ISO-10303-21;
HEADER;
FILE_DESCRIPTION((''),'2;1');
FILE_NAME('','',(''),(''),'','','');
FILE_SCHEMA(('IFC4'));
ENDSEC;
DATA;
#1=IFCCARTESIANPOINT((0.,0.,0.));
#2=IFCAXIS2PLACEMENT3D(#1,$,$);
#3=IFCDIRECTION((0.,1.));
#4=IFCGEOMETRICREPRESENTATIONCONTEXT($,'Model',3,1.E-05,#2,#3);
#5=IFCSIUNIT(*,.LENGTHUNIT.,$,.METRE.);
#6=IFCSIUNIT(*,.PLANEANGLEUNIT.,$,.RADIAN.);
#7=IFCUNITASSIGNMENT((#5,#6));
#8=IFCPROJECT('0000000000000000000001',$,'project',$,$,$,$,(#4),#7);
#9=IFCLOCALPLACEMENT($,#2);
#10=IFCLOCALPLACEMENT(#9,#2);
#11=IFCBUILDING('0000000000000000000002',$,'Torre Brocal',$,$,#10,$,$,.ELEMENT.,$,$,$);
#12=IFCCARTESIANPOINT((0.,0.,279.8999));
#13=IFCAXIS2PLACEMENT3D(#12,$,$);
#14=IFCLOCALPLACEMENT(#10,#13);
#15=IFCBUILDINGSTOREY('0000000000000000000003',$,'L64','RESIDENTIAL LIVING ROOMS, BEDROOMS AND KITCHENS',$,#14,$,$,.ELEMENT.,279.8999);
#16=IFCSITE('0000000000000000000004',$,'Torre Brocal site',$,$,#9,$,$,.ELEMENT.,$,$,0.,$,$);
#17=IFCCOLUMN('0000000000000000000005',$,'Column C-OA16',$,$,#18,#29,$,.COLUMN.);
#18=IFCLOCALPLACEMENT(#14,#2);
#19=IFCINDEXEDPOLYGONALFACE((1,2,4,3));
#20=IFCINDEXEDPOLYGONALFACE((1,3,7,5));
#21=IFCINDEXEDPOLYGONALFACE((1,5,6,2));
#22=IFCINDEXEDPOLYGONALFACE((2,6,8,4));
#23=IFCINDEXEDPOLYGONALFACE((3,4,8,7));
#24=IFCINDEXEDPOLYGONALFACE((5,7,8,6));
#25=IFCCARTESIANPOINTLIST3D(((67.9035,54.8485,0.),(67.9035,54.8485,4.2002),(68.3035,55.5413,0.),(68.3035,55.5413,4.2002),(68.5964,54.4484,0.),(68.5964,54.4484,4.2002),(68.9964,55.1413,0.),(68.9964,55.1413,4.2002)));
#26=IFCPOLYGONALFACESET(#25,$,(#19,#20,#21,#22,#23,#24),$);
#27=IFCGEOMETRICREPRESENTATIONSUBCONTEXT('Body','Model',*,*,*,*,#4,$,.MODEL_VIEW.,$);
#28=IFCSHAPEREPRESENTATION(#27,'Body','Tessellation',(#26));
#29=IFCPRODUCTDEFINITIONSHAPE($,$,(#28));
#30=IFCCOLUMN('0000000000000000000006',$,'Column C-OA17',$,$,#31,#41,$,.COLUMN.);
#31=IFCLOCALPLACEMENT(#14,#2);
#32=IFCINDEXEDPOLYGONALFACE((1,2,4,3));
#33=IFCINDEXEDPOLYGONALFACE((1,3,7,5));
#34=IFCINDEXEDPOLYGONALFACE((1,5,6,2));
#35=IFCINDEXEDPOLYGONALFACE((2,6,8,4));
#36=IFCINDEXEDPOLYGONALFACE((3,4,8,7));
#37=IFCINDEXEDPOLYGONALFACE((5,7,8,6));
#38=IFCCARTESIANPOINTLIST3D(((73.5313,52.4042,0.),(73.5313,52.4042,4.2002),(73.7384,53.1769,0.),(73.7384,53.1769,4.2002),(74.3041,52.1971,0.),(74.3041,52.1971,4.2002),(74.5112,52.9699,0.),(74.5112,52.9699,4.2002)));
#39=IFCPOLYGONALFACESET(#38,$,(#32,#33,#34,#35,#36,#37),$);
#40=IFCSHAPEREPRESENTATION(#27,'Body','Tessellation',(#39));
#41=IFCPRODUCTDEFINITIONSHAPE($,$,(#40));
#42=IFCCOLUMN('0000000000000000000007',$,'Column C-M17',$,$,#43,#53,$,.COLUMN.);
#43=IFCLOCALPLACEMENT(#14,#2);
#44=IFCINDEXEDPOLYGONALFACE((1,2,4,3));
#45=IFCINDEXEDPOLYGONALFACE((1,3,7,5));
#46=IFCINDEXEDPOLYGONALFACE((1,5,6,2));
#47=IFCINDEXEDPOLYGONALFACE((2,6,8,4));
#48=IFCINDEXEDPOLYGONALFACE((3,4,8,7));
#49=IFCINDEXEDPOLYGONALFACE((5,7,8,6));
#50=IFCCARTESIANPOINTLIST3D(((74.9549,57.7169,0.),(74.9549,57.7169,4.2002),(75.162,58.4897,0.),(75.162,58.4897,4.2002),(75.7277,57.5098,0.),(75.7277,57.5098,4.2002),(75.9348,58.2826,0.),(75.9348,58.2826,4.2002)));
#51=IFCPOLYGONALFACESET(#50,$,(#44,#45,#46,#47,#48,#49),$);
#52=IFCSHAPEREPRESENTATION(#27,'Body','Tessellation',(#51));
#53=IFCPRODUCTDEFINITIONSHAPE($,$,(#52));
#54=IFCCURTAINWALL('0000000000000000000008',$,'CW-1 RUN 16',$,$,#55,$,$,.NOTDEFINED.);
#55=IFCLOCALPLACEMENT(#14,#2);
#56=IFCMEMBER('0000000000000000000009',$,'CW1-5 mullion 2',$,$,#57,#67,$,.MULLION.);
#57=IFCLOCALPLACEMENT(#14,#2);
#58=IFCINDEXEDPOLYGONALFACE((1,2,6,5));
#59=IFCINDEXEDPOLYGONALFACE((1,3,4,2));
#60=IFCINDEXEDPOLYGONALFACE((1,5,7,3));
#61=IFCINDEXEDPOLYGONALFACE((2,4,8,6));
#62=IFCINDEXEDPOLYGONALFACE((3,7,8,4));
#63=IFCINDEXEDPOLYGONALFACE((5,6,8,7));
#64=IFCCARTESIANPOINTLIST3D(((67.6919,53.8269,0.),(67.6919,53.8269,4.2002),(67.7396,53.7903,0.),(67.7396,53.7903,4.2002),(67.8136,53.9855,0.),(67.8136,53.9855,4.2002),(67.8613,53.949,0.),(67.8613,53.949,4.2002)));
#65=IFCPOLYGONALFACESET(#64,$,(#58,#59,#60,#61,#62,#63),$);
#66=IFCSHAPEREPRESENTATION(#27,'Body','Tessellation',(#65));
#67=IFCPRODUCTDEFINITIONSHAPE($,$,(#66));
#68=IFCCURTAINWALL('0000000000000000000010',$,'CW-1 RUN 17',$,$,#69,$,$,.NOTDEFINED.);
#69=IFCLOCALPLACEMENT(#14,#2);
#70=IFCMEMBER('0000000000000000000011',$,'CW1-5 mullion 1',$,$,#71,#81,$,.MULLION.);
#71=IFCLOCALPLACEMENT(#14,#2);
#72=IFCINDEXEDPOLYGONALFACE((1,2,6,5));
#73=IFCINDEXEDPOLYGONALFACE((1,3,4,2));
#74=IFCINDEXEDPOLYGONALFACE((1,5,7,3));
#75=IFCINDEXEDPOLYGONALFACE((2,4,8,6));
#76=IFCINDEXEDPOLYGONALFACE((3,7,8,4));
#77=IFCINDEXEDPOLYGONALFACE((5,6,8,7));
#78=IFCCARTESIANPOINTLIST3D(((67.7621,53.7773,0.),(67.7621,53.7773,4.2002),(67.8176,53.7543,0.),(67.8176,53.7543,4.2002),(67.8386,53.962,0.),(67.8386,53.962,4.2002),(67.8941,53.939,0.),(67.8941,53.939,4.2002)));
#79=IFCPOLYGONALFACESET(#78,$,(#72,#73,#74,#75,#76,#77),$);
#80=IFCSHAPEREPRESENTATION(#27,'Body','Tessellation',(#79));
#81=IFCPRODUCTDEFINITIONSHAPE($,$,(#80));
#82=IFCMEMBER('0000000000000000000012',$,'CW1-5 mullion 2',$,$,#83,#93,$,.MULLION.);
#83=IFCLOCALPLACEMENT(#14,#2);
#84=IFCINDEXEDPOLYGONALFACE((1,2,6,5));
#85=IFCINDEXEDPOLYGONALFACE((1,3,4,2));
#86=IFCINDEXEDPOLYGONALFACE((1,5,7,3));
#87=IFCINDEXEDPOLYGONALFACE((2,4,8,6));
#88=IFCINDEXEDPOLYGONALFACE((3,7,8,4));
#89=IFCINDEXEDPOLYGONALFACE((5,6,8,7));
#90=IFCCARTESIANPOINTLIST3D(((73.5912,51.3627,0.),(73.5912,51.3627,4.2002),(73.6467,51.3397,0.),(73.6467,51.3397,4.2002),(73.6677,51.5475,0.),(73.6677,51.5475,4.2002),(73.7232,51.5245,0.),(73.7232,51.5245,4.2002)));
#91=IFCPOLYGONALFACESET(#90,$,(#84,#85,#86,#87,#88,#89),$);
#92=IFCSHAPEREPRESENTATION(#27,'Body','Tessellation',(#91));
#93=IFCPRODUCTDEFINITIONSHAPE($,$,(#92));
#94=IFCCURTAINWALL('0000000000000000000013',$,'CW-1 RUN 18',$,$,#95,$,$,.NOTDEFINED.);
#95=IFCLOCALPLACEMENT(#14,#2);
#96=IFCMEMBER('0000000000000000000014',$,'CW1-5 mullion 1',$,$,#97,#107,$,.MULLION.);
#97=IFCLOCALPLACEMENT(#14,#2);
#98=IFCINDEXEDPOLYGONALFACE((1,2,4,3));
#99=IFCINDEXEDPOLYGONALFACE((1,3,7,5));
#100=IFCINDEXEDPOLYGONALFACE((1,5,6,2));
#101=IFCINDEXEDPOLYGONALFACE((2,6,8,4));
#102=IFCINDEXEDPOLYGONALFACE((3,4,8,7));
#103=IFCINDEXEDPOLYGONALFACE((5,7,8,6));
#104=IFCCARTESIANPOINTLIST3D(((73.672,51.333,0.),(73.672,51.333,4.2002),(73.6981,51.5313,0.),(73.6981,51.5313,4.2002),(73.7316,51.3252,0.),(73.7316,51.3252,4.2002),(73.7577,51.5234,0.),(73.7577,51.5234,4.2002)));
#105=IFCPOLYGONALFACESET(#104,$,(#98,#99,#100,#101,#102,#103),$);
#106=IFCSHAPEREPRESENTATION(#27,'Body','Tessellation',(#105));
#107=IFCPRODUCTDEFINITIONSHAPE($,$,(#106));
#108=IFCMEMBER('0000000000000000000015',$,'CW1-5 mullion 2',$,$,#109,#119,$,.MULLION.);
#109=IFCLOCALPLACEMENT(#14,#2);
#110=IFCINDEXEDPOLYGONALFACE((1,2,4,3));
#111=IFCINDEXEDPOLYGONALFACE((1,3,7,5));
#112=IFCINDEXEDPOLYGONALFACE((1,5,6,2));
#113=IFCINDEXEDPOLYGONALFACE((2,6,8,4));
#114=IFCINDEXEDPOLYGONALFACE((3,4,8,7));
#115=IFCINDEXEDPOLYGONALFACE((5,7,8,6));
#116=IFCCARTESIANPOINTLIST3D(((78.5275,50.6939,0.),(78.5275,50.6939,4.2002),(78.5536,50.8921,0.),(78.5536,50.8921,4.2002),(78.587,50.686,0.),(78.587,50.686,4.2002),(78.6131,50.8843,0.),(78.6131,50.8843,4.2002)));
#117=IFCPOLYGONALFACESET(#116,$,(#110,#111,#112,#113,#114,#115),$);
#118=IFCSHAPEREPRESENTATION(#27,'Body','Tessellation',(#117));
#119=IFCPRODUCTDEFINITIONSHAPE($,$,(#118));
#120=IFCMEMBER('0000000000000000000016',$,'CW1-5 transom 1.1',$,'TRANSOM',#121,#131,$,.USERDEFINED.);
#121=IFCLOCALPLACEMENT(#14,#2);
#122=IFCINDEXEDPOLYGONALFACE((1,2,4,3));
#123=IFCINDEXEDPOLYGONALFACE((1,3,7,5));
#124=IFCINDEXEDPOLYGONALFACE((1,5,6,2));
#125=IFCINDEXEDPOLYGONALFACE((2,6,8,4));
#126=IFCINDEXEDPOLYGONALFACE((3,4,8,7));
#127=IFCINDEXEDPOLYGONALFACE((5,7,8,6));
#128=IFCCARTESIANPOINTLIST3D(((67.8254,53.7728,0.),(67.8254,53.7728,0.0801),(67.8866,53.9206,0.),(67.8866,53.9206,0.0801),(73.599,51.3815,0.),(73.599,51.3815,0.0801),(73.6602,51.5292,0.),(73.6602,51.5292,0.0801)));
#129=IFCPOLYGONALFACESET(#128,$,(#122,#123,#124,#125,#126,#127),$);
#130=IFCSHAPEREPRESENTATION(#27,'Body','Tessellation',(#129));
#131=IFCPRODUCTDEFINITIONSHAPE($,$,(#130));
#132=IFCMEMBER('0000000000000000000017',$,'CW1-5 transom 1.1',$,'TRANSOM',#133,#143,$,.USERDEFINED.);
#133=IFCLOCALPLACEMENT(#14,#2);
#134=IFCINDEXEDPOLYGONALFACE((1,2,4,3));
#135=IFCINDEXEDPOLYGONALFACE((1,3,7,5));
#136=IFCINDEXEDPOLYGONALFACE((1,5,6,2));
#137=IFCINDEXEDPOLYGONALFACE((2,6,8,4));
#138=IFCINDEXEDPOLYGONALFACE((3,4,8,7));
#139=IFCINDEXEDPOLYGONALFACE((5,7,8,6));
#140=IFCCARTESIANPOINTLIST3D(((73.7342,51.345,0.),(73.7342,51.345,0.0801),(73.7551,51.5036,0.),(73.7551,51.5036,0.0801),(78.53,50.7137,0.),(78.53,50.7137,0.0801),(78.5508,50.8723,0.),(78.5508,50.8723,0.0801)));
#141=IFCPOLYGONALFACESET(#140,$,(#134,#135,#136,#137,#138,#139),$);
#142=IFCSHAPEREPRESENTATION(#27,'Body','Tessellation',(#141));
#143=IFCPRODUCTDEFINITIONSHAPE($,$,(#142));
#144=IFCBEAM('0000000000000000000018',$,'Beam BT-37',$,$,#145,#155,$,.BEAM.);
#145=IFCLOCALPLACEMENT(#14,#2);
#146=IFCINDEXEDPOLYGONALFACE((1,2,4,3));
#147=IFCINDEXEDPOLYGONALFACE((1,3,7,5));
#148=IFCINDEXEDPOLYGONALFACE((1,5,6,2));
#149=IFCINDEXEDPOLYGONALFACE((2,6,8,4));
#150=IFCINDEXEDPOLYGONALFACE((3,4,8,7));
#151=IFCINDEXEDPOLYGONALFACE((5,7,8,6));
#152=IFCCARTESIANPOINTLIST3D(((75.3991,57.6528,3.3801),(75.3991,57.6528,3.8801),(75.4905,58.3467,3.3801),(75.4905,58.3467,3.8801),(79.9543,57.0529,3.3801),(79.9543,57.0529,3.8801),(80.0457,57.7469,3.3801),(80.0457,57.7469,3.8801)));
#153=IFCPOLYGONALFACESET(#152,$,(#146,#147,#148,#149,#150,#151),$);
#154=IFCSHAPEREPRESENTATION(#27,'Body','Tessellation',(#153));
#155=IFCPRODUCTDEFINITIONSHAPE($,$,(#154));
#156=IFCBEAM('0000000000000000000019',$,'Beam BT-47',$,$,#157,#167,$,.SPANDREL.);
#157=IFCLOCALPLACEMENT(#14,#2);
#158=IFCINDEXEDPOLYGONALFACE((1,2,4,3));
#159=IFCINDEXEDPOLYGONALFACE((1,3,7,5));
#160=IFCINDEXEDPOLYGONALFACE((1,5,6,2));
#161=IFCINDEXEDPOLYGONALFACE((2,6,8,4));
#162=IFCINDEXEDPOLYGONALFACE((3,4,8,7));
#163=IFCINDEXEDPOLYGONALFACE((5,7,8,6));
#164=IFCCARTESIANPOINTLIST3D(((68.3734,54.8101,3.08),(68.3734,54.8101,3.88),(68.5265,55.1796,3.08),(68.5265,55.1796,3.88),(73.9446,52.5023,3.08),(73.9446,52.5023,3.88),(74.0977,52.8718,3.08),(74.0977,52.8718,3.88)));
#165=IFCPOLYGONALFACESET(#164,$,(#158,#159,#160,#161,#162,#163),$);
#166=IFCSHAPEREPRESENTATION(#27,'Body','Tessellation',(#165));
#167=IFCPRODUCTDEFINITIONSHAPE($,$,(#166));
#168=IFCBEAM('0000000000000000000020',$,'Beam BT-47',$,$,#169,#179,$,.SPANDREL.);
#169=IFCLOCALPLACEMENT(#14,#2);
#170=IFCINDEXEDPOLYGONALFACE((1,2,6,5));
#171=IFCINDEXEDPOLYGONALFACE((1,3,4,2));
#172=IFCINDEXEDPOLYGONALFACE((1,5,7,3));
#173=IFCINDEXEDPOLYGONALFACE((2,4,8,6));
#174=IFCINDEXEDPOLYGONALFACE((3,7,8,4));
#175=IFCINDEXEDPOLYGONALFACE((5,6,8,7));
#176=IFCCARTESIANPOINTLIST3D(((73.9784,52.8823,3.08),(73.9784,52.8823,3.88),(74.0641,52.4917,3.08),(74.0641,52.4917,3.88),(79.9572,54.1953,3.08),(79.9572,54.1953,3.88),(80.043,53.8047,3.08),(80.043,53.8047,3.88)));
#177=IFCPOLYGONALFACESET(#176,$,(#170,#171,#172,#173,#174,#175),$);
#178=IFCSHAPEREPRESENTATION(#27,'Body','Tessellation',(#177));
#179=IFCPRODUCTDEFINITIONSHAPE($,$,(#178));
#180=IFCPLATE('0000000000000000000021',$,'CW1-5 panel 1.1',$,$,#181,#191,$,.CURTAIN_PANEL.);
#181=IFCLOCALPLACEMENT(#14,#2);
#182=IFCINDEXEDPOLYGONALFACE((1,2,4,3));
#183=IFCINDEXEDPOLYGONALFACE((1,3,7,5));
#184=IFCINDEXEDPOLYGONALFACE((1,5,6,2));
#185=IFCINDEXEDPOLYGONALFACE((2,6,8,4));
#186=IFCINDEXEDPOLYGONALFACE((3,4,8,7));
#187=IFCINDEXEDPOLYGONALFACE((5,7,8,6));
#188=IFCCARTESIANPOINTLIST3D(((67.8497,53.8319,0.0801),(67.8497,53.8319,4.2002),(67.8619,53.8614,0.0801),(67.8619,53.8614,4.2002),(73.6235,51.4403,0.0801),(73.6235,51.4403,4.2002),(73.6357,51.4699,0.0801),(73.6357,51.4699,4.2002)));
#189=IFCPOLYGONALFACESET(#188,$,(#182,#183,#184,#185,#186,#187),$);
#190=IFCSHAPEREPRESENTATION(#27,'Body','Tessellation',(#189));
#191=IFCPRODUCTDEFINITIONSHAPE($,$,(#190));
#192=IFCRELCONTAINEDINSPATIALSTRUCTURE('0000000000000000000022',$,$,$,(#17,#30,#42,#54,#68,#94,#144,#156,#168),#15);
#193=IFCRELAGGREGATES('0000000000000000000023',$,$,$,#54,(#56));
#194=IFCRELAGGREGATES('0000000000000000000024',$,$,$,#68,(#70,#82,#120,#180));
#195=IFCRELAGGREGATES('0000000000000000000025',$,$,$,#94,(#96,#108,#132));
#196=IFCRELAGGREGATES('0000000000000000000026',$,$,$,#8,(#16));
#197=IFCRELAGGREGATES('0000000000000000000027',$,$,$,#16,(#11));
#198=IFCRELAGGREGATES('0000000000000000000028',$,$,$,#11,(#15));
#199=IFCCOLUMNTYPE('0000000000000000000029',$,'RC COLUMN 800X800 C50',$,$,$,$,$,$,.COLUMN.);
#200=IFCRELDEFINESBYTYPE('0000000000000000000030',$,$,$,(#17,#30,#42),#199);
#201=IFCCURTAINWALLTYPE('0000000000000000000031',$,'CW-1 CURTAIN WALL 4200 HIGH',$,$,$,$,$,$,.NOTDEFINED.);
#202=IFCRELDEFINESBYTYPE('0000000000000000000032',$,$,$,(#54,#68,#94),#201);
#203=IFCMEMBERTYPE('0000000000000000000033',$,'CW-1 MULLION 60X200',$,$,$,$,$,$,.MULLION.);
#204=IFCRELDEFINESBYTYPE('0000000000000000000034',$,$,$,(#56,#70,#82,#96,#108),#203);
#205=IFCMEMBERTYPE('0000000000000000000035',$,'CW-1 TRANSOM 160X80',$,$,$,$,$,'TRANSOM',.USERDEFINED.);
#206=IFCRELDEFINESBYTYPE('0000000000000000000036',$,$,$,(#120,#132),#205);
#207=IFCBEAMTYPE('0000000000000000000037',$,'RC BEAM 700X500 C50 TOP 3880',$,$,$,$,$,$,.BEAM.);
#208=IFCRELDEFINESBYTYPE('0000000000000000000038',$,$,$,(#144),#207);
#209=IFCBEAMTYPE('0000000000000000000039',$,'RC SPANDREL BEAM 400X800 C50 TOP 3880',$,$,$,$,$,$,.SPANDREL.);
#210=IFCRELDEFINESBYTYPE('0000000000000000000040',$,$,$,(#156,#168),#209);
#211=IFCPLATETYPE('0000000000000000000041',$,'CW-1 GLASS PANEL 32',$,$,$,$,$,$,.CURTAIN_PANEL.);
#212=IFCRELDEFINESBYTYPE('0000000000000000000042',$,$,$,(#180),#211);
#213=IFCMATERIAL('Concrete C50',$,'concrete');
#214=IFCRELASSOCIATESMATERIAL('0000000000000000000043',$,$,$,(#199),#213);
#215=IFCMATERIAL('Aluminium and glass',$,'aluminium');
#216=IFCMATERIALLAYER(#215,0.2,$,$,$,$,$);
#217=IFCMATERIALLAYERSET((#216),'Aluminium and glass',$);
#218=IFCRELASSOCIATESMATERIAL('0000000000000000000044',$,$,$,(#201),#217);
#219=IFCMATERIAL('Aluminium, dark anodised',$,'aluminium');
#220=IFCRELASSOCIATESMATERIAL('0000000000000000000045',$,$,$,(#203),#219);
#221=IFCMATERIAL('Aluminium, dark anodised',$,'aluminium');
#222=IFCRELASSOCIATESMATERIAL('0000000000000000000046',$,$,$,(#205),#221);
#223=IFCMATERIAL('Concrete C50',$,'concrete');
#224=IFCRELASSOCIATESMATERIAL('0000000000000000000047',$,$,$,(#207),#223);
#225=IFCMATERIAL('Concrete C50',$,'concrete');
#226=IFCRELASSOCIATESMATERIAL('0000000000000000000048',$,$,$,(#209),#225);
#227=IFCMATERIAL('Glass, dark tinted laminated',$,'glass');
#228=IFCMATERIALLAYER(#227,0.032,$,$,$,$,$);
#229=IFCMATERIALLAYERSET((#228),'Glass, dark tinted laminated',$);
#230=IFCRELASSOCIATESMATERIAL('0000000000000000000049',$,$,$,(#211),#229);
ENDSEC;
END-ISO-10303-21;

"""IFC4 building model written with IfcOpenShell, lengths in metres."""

from ifc_helpers import new_model, si_unit, direction, frame, origin, origin_2d, place, context, subcontext, project, spatial, rectangle, extrude, material, layer, layer_set, material_profile, profile_set, type_object, element, aggregate, save


model = new_model("IFC4")

# Units and contexts
model_context = context("Model", 3, precision=1e-05, world=origin(), true_north=direction((0.0, 1.0)))
body_context = subcontext(model_context, "Body", "Model", "MODEL_VIEW")
ifc_project = project(units=[si_unit("LENGTHUNIT", "METRE"), si_unit("PLANEANGLEUNIT", "RADIAN")], contexts=[model_context])

# Site, building, storey
site_placement = place(None, origin())
site = spatial("IfcSite", under=ifc_project, at=site_placement, Name="Torre Brocal site", CompositionType="ELEMENT", RefElevation=0.0)
building_placement = place(site_placement, origin())
building = spatial("IfcBuilding", under=site, at=building_placement, Name="Torre Brocal", CompositionType="ELEMENT")
storey_placement = place(building_placement, frame((0.0, 0.0, 279.8999)))
storey = spatial("IfcBuildingStorey", under=building, at=storey_placement, Name="L64", Description="RESIDENTIAL LIVING ROOMS, BEDROOMS AND KITCHENS", CompositionType="ELEMENT", Elevation=279.8999)

# Columns
ifc_material_1 = material(Name="Concrete C50", Category="concrete")
ifc_material_profile_1 = material_profile(ifc_material_1, rectangle(XDim=0.8, YDim=0.8, at=origin_2d()), Name="RC 800X800")
ifc_profile_set_1 = profile_set([ifc_material_profile_1], Name="Concrete C50")
column_type = type_object("IfcColumnType", Name="RC COLUMN 800X800 C50", PredefinedType="COLUMN", material=ifc_profile_set_1)
for number, where, z_axis, x_axis, name in (
    (1, (68.45, 54.9949, 0.0), (0.0, 0.0, 1.0), (-0.5, -0.866025, 0.0), "Column C-OA16"),
    (2, (74.0212, 52.687, 0.0), (0.0, 0.0, 1.0), (-0.258819, -0.965926, 0.0), "Column C-OA17"),
    (3, (75.4448, 57.9998, 0.0), (0.0, 0.0, 1.0), (-0.258819, -0.965926, 0.0), "Column C-M17"),
):
    element("IfcColumn", number, at=place(storey_placement, frame(where, z_axis=z_axis, x_axis=x_axis)), inside=storey, type_object=column_type, Name=name, PredefinedType="COLUMN", context=body_context, shape_type="SweptSolid", body=[
        extrude(rectangle(XDim=0.8, YDim=0.8, at=origin_2d()), origin(), (0.0, 0.0, 1.0), 4.2002),
    ])

# Curtain wall, member
ifc_material_2 = material(Name="Aluminium and glass", Category="aluminium")
ifc_layer_1 = layer(ifc_material_2, 0.2)
ifc_layer_set_1 = layer_set([ifc_layer_1], Name="Aluminium and glass")
curtain_wall_type = type_object("IfcCurtainWallType", Name="CW-1 CURTAIN WALL 4200 HIGH", PredefinedType="NOTDEFINED", material=ifc_layer_set_1)
curtain_wall_1_placement = place(storey_placement, origin())
curtain_wall_1 = element("IfcCurtainWall", 4, at=curtain_wall_1_placement, inside=storey, type_object=curtain_wall_type, Name="CW-1 RUN 16", PredefinedType="NOTDEFINED")
ifc_material_3 = material(Name="Aluminium, dark anodised", Category="aluminium")
ifc_material_profile_2 = material_profile(ifc_material_3, rectangle(XDim=0.2, YDim=0.0601, at=origin_2d()), Name="CW-1 MULLION 60X200")
ifc_profile_set_2 = profile_set([ifc_material_profile_2], Name="Aluminium, dark anodised")
member_type_1 = type_object("IfcMemberType", Name="CW-1 MULLION 60X200", PredefinedType="MULLION", material=ifc_profile_set_2)
member_1_placement = place(storey_placement, frame((67.7766, 53.8879, 0.0), z_axis=(0.0, 0.0, 1.0), x_axis=(0.608761, 0.793353, 0.0)))
member_1 = element("IfcMember", 5, at=member_1_placement, type_object=member_type_1, Name="CW1-5 mullion 2", PredefinedType="MULLION", context=body_context, shape_type="SweptSolid", body=[
    extrude(rectangle(XDim=0.2, YDim=0.0601, at=origin_2d()), origin(), (0.0, 0.0, 1.0), 4.2002),
])
aggregate(curtain_wall_1, [member_1])

# Curtain walls, members
curtain_wall_2_placement = place(storey_placement, origin())
curtain_wall_2 = element("IfcCurtainWall", 6, at=curtain_wall_2_placement, inside=storey, type_object=curtain_wall_type, Name="CW-1 RUN 17", PredefinedType="NOTDEFINED")
member_2_placement = place(storey_placement, frame((67.8281, 53.8582, 0.0), z_axis=(0.0, 0.0, 1.0), x_axis=(0.382683, 0.92388, 0.0)))
member_2 = element("IfcMember", 7, at=member_2_placement, type_object=member_type_1, Name="CW1-5 mullion 1", PredefinedType="MULLION", context=body_context, shape_type="SweptSolid", body=[
    extrude(rectangle(XDim=0.2, YDim=0.0601, at=origin_2d()), origin(), (0.0, 0.0, 1.0), 4.2002),
])
member_3_placement = place(storey_placement, frame((73.6572, 51.4436, 0.0), z_axis=(0.0, 0.0, 1.0), x_axis=(0.382683, 0.92388, 0.0)))
member_3 = element("IfcMember", 8, at=member_3_placement, type_object=member_type_1, Name="CW1-5 mullion 2", PredefinedType="MULLION", context=body_context, shape_type="SweptSolid", body=[
    extrude(rectangle(XDim=0.2, YDim=0.0601, at=origin_2d()), origin(), (0.0, 0.0, 1.0), 4.2002),
])
curtain_wall_3_placement = place(storey_placement, origin())
curtain_wall_3 = element("IfcCurtainWall", 9, at=curtain_wall_3_placement, inside=storey, type_object=curtain_wall_type, Name="CW-1 RUN 18", PredefinedType="NOTDEFINED")
member_4_placement = place(storey_placement, frame((73.7148, 51.4282, 0.0), z_axis=(0.0, 0.0, 1.0), x_axis=(0.130526, 0.991445, 0.0)))
member_4 = element("IfcMember", 10, at=member_4_placement, type_object=member_type_1, Name="CW1-5 mullion 1", PredefinedType="MULLION", context=body_context, shape_type="SweptSolid", body=[
    extrude(rectangle(XDim=0.2, YDim=0.0601, at=origin_2d()), origin(), (0.0, 0.0, 1.0), 4.2002),
])
member_5_placement = place(storey_placement, frame((78.5703, 50.7891, 0.0), z_axis=(0.0, 0.0, 1.0), x_axis=(0.130526, 0.991445, 0.0)))
member_5 = element("IfcMember", 11, at=member_5_placement, type_object=member_type_1, Name="CW1-5 mullion 2", PredefinedType="MULLION", context=body_context, shape_type="SweptSolid", body=[
    extrude(rectangle(XDim=0.2, YDim=0.0601, at=origin_2d()), origin(), (0.0, 0.0, 1.0), 4.2002),
])

# Members
ifc_material_4 = material(Name="Aluminium, dark anodised", Category="aluminium")
ifc_material_profile_3 = material_profile(ifc_material_4, rectangle(XDim=0.1599, YDim=0.0801, at=origin_2d()), Name="CW-1 TRANSOM 160X80")
ifc_profile_set_3 = profile_set([ifc_material_profile_3], Name="Aluminium, dark anodised")
member_type_2 = type_object("IfcMemberType", Name="CW-1 TRANSOM 160X80", ElementType="TRANSOM", PredefinedType="USERDEFINED", material=ifc_profile_set_3)
member_6_placement = place(storey_placement, frame((67.856, 53.8467, 0.04), z_axis=(0.92389, -0.382659, 0.0), x_axis=(0.382659, 0.92389, 0.0)))
member_6 = element("IfcMember", 12, at=member_6_placement, type_object=member_type_2, Name="CW1-5 transom 1.1", ObjectType="TRANSOM", PredefinedType="USERDEFINED", context=body_context, shape_type="SweptSolid", body=[
    extrude(rectangle(XDim=0.1599, YDim=0.0801, at=origin_2d()), origin(), (0.0, 0.0, 1.0), 6.2493),
])
member_7_placement = place(storey_placement, frame((73.7446, 51.4243, 0.04), z_axis=(0.991446, -0.130517, 0.0), x_axis=(0.130517, 0.991446, 0.0)))
member_7 = element("IfcMember", 13, at=member_7_placement, type_object=member_type_2, Name="CW1-5 transom 1.1", ObjectType="TRANSOM", PredefinedType="USERDEFINED", context=body_context, shape_type="SweptSolid", body=[
    extrude(rectangle(XDim=0.1599, YDim=0.0801, at=origin_2d()), origin(), (0.0, 0.0, 1.0), 4.8372),
])

# Beams
ifc_material_5 = material(Name="Concrete C50", Category="concrete")
ifc_material_profile_4 = material_profile(ifc_material_5, rectangle(XDim=0.7, YDim=0.5, at=origin_2d()), Name="RC 700X500")
ifc_profile_set_4 = profile_set([ifc_material_profile_4], Name="Concrete C50")
beam_type_1 = type_object("IfcBeamType", Name="RC BEAM 700X500 C50 TOP 3880", PredefinedType="BEAM", material=ifc_profile_set_4)
beam_1_placement = place(storey_placement, frame((75.4448, 57.9998, 3.6301), z_axis=(0.991441, -0.130559, 0.0), x_axis=(0.130559, 0.991441, 0.0)))
element("IfcBeam", 14, at=beam_1_placement, inside=storey, type_object=beam_type_1, Name="Beam BT-37", PredefinedType="BEAM", context=body_context, shape_type="SweptSolid", body=[
    extrude(rectangle(XDim=0.7, YDim=0.5, at=origin_2d()), origin(), (0.0, 0.0, 1.0), 4.5945),
])
ifc_material_6 = material(Name="Concrete C50", Category="concrete")
ifc_material_profile_5 = material_profile(ifc_material_6, rectangle(XDim=0.3999, YDim=0.8, at=origin_2d()), Name="RC 400X800")
ifc_profile_set_5 = profile_set([ifc_material_profile_5], Name="Concrete C50")
beam_type_2 = type_object("IfcBeamType", Name="RC SPANDREL BEAM 400X800 C50 TOP 3880", PredefinedType="SPANDREL", material=ifc_profile_set_5)
beam_2_placement = place(storey_placement, frame((68.45, 54.9949, 3.48), z_axis=(0.92387, -0.382706, 0.0), x_axis=(0.382706, 0.92387, 0.0)))
element("IfcBeam", 15, at=beam_2_placement, inside=storey, type_object=beam_type_2, Name="Beam BT-47", PredefinedType="SPANDREL", context=body_context, shape_type="SweptSolid", body=[
    extrude(rectangle(XDim=0.3999, YDim=0.8, at=origin_2d()), origin(), (0.0, 0.0, 1.0), 6.0303),
])
beam_3_placement = place(storey_placement, frame((74.0212, 52.687, 3.48), z_axis=(0.976725, 0.214497, 0.0), x_axis=(-0.214497, 0.976725, 0.0)))
element("IfcBeam", 16, at=beam_3_placement, inside=storey, type_object=beam_type_2, Name="Beam BT-47", PredefinedType="SPANDREL", context=body_context, shape_type="SweptSolid", body=[
    extrude(rectangle(XDim=0.3999, YDim=0.8, at=origin_2d()), origin(), (0.0, 0.0, 1.0), 6.1213),
])

# Plate
ifc_material_7 = material(Name="Glass, dark tinted laminated", Category="glass")
ifc_layer_2 = layer(ifc_material_7, 0.032)
ifc_layer_set_2 = layer_set([ifc_layer_2], Name="Glass, dark tinted laminated")
plate_type = type_object("IfcPlateType", Name="CW-1 GLASS PANEL 32", PredefinedType="CURTAIN_PANEL", material=ifc_layer_set_2)
plate_1_placement = place(storey_placement, frame((70.7427, 52.6509, 0.0801), z_axis=(0.0, 0.0, 1.0), x_axis=(0.92388, -0.382683, 0.0)))
plate_1 = element("IfcPlate", 17, at=plate_1_placement, type_object=plate_type, Name="CW1-5 panel 1.1", PredefinedType="CURTAIN_PANEL", context=body_context, shape_type="SweptSolid", body=[
    extrude(rectangle(XDim=6.2495, YDim=0.032, at=origin_2d()), origin(), (0.0, 0.0, 1.0), 4.1201),
])
aggregate(curtain_wall_2, [member_2, member_3, member_6, plate_1])
aggregate(curtain_wall_3, [member_4, member_5, member_7])

save(model, "model.ifc")
